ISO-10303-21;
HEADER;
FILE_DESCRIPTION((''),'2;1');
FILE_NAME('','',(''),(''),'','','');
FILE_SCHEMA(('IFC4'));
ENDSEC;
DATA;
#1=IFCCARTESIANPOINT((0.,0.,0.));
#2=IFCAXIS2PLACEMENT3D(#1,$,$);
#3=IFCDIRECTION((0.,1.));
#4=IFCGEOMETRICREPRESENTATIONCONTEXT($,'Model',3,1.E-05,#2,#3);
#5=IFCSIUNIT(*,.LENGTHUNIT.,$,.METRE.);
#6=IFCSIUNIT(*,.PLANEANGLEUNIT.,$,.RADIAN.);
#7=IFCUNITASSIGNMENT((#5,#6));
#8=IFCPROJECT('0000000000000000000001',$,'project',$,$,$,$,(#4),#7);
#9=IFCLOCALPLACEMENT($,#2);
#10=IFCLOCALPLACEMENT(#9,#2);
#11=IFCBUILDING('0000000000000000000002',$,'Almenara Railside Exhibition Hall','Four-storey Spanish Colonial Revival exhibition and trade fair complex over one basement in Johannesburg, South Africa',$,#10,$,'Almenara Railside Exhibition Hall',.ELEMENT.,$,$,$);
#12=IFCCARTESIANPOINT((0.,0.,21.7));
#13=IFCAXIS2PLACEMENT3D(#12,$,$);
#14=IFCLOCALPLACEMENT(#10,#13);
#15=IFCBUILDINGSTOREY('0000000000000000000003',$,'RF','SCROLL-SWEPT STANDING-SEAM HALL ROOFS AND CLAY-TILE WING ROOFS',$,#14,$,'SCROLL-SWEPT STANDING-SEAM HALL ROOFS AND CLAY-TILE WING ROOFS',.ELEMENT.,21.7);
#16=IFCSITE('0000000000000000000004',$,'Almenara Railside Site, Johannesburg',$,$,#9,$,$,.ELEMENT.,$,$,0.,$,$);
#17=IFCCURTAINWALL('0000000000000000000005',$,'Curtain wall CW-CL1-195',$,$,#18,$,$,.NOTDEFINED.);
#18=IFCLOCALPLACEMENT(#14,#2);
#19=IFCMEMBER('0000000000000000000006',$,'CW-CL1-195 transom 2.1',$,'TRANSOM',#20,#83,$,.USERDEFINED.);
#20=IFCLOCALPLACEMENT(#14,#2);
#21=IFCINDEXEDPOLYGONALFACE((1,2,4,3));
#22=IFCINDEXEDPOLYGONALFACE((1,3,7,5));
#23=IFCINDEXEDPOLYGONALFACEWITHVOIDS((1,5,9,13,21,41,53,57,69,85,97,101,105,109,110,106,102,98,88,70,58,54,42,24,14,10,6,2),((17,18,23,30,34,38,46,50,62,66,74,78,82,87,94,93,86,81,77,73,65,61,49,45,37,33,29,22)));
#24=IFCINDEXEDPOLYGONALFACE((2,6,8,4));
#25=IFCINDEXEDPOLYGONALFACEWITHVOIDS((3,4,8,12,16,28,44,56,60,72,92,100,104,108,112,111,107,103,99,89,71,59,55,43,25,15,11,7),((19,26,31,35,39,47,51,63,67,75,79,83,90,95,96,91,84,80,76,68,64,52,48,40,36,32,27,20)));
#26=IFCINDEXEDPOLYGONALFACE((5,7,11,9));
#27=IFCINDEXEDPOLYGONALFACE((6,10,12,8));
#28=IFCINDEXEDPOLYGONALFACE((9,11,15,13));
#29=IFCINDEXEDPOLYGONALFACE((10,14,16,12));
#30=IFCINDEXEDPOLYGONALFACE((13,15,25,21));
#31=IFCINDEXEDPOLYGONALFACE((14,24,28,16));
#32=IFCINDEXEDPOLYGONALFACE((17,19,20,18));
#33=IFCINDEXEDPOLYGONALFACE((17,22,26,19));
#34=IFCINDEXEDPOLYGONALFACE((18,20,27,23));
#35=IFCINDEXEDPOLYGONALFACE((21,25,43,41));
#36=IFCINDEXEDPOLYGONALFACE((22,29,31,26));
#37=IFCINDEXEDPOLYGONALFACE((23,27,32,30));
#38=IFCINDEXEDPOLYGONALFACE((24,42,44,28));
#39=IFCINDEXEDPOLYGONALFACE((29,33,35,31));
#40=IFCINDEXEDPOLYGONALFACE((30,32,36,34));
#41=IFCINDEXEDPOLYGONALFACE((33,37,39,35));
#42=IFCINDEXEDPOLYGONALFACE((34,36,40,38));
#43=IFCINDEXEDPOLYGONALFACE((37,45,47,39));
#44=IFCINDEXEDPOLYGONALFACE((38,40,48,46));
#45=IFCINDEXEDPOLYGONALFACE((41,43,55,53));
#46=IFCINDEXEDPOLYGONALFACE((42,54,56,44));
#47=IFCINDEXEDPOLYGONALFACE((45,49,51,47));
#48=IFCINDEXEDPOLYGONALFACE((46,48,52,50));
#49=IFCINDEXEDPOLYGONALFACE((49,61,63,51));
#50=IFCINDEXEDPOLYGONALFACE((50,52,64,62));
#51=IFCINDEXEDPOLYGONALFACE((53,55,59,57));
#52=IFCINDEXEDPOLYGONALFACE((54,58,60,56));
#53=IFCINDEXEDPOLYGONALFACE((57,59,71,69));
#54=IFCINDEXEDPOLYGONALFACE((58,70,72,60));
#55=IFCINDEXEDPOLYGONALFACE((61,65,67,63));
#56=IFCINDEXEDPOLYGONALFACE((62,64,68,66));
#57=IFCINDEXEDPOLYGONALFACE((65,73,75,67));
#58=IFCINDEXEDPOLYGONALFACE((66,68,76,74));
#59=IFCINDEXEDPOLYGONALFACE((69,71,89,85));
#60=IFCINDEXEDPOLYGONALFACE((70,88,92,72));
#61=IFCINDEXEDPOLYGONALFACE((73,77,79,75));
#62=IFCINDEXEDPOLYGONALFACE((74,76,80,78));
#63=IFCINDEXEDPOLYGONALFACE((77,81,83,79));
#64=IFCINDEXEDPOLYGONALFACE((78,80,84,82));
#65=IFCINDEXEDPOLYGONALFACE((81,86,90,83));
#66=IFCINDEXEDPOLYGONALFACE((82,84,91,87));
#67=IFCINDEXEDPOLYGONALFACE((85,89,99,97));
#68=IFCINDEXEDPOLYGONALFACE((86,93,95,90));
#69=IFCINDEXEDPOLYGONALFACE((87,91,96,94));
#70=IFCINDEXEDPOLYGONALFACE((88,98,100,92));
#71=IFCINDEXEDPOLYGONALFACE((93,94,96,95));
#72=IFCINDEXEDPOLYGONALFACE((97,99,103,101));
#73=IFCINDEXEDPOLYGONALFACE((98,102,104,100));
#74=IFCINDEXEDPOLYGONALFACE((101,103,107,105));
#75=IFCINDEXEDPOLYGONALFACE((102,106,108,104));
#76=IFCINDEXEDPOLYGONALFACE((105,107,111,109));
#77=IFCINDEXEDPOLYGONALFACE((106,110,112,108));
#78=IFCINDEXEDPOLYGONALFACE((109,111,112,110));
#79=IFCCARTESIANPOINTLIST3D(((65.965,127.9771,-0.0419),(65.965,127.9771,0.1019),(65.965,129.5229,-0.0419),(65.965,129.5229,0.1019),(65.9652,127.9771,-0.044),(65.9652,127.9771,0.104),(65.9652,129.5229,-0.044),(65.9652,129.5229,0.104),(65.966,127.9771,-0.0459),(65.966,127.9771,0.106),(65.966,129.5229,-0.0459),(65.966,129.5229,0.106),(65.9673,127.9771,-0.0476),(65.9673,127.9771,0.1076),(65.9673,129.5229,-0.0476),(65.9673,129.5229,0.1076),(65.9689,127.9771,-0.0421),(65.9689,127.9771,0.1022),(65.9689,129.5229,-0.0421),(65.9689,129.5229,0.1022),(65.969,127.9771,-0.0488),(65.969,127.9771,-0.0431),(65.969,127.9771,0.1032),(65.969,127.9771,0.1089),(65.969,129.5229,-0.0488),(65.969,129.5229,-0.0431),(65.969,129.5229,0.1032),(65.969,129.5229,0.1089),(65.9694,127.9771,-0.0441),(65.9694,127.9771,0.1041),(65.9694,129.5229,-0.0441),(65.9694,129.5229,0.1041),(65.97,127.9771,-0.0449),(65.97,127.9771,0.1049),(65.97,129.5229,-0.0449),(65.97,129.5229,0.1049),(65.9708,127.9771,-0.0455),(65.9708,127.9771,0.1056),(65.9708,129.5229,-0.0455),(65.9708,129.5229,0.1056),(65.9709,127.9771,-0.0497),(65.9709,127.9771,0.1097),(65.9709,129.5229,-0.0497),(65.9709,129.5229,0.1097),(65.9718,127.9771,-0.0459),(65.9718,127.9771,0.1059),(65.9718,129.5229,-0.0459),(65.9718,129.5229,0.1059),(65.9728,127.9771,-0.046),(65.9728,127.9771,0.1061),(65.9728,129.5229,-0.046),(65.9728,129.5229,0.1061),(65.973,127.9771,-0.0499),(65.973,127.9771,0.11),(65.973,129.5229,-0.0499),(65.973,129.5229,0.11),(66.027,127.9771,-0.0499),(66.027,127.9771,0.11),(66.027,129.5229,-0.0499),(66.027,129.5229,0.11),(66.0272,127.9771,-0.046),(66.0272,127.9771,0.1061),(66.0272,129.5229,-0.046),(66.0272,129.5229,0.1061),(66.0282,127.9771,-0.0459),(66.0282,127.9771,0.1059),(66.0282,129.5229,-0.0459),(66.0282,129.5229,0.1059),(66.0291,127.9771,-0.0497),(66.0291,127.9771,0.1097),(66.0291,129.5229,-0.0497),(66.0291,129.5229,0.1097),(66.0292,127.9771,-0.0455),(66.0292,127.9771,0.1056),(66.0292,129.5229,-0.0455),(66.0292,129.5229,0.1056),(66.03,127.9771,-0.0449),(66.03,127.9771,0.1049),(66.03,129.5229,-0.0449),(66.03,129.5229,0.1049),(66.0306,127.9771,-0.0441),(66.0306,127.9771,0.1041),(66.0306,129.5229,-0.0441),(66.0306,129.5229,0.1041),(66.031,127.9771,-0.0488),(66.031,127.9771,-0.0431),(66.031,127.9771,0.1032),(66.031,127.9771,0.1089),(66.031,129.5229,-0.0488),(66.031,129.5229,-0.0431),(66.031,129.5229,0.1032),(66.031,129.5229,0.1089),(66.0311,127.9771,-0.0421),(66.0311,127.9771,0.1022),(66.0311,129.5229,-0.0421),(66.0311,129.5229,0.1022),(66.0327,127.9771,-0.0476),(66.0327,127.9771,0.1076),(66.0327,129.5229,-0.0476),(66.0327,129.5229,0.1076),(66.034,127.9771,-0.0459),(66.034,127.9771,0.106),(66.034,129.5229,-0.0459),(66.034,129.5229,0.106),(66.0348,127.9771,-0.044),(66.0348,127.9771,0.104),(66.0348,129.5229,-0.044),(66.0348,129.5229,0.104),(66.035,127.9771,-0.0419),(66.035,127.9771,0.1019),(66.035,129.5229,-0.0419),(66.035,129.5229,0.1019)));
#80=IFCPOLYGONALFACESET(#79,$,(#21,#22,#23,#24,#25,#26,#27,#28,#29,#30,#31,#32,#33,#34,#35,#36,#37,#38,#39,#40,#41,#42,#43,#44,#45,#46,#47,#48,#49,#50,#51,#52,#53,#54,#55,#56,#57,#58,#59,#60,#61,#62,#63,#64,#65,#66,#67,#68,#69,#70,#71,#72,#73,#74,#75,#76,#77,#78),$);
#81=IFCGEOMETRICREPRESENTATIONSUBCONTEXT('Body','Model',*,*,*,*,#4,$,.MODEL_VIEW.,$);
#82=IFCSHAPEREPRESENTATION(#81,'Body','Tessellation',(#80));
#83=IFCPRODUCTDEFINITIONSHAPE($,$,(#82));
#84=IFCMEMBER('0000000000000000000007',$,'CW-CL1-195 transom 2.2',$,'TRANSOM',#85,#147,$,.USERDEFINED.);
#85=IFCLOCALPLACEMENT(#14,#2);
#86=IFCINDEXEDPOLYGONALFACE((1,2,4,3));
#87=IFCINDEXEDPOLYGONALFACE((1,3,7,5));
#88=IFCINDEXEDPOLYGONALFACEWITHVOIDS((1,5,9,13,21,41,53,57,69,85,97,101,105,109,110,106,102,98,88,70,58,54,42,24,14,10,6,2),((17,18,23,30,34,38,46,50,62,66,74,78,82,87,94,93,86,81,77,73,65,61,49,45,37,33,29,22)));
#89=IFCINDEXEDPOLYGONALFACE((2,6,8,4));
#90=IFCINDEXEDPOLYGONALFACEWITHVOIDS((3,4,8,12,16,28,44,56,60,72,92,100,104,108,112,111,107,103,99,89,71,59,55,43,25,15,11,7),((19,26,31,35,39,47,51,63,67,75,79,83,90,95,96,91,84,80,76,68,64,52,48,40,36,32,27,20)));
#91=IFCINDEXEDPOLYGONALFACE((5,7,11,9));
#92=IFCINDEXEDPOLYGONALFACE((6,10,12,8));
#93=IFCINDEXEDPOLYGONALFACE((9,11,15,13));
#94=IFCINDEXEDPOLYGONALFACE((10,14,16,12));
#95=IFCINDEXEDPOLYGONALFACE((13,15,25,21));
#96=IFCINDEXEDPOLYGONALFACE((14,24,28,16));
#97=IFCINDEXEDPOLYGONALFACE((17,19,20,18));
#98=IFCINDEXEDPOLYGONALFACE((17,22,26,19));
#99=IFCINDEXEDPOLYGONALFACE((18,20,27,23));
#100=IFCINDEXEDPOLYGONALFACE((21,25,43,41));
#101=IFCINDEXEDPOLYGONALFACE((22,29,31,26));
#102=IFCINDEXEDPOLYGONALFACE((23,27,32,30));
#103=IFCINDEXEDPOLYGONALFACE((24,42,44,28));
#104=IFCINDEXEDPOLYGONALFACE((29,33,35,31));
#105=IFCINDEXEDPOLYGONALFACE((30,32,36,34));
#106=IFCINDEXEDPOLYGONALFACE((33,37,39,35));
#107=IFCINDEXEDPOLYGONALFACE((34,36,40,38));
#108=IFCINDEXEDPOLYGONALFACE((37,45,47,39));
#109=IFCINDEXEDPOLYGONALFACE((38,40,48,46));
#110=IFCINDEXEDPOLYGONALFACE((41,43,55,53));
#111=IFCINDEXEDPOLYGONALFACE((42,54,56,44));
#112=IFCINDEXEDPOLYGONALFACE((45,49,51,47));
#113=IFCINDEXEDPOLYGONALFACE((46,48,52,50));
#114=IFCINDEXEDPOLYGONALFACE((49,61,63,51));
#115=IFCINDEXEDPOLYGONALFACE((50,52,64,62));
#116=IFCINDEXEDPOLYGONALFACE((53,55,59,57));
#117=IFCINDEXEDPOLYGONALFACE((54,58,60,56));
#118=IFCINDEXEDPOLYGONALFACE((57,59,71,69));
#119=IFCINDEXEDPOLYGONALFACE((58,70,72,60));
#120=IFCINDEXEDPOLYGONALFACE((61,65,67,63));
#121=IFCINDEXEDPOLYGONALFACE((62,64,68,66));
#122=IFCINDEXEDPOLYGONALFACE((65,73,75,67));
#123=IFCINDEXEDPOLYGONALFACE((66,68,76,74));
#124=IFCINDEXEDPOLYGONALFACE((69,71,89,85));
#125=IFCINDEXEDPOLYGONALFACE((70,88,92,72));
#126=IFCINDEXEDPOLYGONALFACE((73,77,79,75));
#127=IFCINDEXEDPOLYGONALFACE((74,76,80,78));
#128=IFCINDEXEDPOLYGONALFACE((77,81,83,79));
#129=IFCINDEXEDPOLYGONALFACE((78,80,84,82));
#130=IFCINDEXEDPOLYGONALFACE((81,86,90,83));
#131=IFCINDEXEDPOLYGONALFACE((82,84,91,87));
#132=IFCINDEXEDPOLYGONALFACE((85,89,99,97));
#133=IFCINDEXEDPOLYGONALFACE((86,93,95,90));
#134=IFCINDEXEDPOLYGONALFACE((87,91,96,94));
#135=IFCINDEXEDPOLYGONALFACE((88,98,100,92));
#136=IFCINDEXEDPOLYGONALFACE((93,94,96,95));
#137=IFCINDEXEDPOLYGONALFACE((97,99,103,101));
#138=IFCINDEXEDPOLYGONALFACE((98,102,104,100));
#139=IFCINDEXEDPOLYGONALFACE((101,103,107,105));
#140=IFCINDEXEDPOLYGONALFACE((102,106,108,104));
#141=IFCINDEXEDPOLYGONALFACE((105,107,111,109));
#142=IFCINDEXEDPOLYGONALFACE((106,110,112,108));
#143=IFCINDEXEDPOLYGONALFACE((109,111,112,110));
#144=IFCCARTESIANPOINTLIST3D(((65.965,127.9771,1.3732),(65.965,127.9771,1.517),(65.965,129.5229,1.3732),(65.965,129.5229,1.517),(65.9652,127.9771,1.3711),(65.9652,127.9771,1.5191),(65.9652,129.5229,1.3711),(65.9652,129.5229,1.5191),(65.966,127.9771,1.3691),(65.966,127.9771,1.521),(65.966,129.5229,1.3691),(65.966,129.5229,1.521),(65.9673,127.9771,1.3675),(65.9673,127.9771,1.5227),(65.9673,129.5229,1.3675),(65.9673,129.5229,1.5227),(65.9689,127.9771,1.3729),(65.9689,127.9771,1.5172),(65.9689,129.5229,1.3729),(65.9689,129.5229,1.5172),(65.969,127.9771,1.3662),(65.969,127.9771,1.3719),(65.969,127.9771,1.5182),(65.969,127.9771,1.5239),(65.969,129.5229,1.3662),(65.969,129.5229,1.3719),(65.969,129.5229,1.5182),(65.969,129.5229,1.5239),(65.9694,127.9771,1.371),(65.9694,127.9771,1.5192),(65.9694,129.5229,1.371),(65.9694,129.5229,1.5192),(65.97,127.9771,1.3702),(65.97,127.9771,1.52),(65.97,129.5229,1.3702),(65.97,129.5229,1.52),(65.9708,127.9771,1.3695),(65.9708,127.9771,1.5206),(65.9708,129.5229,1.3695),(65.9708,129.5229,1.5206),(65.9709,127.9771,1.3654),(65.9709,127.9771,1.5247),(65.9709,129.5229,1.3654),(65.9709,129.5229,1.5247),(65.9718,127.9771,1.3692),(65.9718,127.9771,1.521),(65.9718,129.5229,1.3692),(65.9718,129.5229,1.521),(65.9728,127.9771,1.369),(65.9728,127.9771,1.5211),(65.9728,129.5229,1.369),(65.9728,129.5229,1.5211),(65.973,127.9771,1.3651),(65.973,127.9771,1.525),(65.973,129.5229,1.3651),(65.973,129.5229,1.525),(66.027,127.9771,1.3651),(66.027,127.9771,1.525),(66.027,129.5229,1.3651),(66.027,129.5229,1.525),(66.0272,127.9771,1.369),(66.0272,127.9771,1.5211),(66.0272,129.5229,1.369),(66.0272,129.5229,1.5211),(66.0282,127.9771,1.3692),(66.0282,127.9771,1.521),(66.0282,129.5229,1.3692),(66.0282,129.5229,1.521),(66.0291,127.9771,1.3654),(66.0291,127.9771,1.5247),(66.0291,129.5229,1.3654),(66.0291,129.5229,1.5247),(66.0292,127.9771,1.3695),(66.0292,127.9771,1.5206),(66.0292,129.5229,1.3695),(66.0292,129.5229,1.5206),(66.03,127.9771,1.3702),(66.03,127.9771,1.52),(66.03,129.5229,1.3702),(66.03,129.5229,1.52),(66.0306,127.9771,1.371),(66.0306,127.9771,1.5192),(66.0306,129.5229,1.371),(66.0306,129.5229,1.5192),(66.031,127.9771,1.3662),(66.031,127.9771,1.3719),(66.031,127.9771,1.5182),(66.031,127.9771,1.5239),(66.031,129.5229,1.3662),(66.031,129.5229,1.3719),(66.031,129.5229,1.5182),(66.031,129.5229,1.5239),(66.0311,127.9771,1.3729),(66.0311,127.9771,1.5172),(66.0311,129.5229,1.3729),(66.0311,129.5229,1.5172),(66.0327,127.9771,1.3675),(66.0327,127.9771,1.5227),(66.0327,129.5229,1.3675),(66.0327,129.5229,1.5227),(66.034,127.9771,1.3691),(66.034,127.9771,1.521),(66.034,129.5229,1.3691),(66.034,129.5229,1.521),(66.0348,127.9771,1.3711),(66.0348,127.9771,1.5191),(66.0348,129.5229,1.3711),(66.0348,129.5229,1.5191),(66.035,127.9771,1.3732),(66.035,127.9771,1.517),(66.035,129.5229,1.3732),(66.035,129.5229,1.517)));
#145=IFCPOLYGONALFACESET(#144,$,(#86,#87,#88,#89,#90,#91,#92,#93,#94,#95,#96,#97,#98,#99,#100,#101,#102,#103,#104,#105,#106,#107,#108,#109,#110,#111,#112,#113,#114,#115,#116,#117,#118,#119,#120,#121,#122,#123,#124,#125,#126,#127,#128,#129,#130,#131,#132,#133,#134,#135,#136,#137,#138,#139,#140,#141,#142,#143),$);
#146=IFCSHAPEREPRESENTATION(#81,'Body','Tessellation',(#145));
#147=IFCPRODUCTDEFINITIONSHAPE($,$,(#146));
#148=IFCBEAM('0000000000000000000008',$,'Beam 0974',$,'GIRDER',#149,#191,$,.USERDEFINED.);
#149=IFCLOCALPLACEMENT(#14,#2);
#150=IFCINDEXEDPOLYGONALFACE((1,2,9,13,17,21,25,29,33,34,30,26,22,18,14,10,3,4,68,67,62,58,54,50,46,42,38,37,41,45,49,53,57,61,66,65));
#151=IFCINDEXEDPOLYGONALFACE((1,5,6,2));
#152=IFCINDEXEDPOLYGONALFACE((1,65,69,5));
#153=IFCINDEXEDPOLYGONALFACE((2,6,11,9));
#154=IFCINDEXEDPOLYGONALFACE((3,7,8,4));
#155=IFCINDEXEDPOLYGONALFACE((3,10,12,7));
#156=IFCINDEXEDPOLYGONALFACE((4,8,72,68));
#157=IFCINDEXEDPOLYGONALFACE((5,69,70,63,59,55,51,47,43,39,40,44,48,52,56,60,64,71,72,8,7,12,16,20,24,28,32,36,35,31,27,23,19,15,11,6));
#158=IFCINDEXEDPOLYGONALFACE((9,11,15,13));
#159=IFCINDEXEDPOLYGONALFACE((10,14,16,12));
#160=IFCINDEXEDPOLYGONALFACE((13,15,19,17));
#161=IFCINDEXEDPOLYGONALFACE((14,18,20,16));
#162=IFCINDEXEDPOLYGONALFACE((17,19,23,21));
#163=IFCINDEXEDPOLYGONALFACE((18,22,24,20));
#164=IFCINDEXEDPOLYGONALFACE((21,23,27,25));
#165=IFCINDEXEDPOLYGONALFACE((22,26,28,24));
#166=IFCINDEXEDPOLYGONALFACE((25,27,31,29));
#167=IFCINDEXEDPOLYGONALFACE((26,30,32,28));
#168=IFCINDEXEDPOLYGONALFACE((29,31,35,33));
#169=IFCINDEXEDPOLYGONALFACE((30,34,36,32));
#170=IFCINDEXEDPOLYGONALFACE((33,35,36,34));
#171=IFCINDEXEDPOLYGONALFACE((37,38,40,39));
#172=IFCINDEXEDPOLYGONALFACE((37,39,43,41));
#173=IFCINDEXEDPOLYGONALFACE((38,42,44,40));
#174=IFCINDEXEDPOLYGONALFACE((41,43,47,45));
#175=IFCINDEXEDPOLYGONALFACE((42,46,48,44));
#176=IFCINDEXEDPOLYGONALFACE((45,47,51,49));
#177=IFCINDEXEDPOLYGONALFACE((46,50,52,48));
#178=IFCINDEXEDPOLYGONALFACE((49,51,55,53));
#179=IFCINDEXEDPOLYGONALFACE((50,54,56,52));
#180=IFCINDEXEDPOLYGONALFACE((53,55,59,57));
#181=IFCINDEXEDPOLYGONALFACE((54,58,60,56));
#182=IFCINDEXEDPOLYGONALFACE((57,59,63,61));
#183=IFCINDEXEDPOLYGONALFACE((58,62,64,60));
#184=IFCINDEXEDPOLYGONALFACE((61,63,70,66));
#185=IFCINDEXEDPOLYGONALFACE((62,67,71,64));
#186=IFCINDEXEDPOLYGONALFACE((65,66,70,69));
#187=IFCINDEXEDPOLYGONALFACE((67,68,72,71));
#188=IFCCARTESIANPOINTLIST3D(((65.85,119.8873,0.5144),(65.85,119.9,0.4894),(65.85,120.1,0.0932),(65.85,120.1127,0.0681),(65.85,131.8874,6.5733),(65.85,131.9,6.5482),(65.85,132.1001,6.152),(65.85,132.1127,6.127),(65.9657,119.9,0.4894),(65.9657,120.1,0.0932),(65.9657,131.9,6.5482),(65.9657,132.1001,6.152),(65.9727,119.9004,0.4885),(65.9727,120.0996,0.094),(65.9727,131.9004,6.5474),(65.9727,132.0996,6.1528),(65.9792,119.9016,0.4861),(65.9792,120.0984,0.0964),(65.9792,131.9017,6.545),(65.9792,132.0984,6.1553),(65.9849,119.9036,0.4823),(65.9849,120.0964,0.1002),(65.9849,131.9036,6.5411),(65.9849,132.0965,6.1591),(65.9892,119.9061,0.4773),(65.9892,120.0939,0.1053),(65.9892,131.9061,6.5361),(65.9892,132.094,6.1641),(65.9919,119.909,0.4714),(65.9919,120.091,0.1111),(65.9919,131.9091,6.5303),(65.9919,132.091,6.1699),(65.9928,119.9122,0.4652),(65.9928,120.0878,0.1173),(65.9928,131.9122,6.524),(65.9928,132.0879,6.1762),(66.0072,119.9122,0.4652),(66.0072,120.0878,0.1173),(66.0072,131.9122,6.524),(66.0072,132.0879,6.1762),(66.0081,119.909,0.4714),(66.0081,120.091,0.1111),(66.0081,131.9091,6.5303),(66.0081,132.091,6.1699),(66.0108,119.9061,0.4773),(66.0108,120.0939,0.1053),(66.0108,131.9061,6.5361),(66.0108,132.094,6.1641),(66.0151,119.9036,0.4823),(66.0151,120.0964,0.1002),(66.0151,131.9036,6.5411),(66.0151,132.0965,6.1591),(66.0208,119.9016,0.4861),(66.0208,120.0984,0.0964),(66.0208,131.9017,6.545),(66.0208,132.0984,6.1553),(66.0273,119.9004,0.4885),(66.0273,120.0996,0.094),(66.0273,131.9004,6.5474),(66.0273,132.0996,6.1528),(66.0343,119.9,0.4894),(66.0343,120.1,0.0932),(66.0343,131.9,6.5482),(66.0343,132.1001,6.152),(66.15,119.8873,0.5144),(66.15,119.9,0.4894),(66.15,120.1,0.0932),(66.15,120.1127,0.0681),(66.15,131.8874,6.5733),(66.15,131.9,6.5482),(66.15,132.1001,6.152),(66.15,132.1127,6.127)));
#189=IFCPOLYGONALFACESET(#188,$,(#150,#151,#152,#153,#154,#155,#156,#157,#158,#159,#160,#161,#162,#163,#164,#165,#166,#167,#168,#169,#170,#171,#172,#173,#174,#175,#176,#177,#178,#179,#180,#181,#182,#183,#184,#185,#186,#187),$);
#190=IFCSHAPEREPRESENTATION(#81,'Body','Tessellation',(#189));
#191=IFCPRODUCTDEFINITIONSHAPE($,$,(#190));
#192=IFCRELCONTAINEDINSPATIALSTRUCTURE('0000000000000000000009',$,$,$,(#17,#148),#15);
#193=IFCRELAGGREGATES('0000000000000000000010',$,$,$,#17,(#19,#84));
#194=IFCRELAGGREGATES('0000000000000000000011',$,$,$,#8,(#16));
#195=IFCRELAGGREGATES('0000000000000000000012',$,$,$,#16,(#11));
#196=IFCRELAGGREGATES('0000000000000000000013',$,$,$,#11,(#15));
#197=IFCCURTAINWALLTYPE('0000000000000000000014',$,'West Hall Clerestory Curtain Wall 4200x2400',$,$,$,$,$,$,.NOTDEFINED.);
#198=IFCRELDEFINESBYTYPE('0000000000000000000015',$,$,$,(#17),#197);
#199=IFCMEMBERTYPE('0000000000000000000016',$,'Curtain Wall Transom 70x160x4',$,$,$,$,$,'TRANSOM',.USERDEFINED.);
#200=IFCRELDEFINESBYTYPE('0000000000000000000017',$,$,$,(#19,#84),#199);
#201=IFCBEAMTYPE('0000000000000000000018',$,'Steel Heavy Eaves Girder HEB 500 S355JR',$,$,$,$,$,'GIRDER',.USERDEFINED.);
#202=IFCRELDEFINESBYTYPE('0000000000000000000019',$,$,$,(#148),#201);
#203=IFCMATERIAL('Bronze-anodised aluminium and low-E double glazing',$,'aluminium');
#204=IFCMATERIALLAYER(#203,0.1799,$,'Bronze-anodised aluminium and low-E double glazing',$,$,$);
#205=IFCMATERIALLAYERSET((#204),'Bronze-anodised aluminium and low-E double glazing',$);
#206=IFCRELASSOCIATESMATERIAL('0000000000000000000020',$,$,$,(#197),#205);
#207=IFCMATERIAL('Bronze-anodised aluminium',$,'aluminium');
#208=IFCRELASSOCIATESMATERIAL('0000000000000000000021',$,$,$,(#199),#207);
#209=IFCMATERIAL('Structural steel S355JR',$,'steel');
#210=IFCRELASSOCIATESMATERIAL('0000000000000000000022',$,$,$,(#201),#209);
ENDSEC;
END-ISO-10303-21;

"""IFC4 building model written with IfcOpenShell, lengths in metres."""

from ifc_helpers import new_model, si_unit, direction, frame, origin, origin_2d, place, context, subcontext, project, spatial, hollow_rectangle, i_section, extrude, material, layer, layer_set, material_profile, profile_set, type_object, element, aggregate, save


model = new_model("IFC4")

# Units and contexts
model_context = context("Model", 3, precision=1e-05, world=origin(), true_north=direction((0.0, 1.0)))
body_context = subcontext(model_context, "Body", "Model", "MODEL_VIEW")
ifc_project = project(units=[si_unit("LENGTHUNIT", "METRE"), si_unit("PLANEANGLEUNIT", "RADIAN")], contexts=[model_context])

# Site, building, storey
site_placement = place(None, origin())
site = spatial("IfcSite", under=ifc_project, at=site_placement, Name="Almenara Railside Site, Johannesburg", CompositionType="ELEMENT", RefElevation=0.0)
building_placement = place(site_placement, origin())
building = spatial("IfcBuilding", under=site, at=building_placement, Name="Almenara Railside Exhibition Hall", Description="Four-storey Spanish Colonial Revival exhibition and trade fair complex over one basement in Johannesburg, South Africa", LongName="Almenara Railside Exhibition Hall", CompositionType="ELEMENT")
storey_placement = place(building_placement, frame((0.0, 0.0, 21.7)))
storey = spatial("IfcBuildingStorey", under=building, at=storey_placement, Name="RF", Description="SCROLL-SWEPT STANDING-SEAM HALL ROOFS AND CLAY-TILE WING ROOFS", LongName="SCROLL-SWEPT STANDING-SEAM HALL ROOFS AND CLAY-TILE WING ROOFS", CompositionType="ELEMENT", Elevation=21.7)

# Shared definitions
ifc_material_1 = material(Name="Structural steel S355JR", Category="steel")

# Curtain wall
ifc_material_2 = material(Name="Bronze-anodised aluminium and low-E double glazing", Category="aluminium")
ifc_layer_1 = layer(ifc_material_2, 0.1799, Name="Bronze-anodised aluminium and low-E double glazing")
ifc_layer_set_1 = layer_set([ifc_layer_1], Name="Bronze-anodised aluminium and low-E double glazing")
curtain_wall_type = type_object("IfcCurtainWallType", Name="West Hall Clerestory Curtain Wall 4200x2400", PredefinedType="NOTDEFINED", material=ifc_layer_set_1)
ifc_material_3 = material(Name="Bronze-anodised aluminium", Category="aluminium")
curtain_wall_1_placement = place(storey_placement, origin())
curtain_wall_1 = element("IfcCurtainWall", 1, at=curtain_wall_1_placement, inside=storey, type_object=curtain_wall_type, Name="Curtain wall CW-CL1-195", PredefinedType="NOTDEFINED")

# Members
ifc_material_profile_1 = material_profile(ifc_material_3, hollow_rectangle(XDim=0.0701, YDim=0.1599, WallThickness=0.0039, InnerFilletRadius=0.0039, OuterFilletRadius=0.0081, at=origin_2d()), Name="ALU-TRN 70x160x4")
ifc_profile_set_1 = profile_set([ifc_material_profile_1], Name="Bronze-anodised aluminium")
member_type_1 = type_object("IfcMemberType", Name="Curtain Wall Transom 70x160x4", ElementType="TRANSOM", PredefinedType="USERDEFINED", material=ifc_profile_set_1)
member_1_placement = place(storey_placement, frame((66.0, 127.9771, 0.03), z_axis=(0.0, 1.0, 0.0), x_axis=(-1.0, 0.0, 0.0)))
member_1 = element("IfcMember", 2, at=member_1_placement, type_object=member_type_1, Name="CW-CL1-195 transom 2.1", ObjectType="TRANSOM", PredefinedType="USERDEFINED", context=body_context, shape_type="SweptSolid", body=[
    extrude(hollow_rectangle(XDim=0.0701, YDim=0.1599, WallThickness=0.0039, InnerFilletRadius=0.0039, OuterFilletRadius=0.0081, at=origin_2d()), origin(), (0.0, 0.0, 1.0), 1.5459),
])
member_2_placement = place(storey_placement, frame((66.0, 127.9771, 1.4451), z_axis=(0.0, 1.0, 0.0), x_axis=(-1.0, 0.0, 0.0)))
member_2 = element("IfcMember", 3, at=member_2_placement, type_object=member_type_1, Name="CW-CL1-195 transom 2.2", ObjectType="TRANSOM", PredefinedType="USERDEFINED", context=body_context, shape_type="SweptSolid", body=[
    extrude(hollow_rectangle(XDim=0.0701, YDim=0.1599, WallThickness=0.0039, InnerFilletRadius=0.0039, OuterFilletRadius=0.0081, at=origin_2d()), origin(), (0.0, 0.0, 1.0), 1.5459),
])

# Beam
ifc_material_profile_2 = material_profile(ifc_material_1, i_section(OverallWidth=0.3, OverallDepth=0.5, WebThickness=0.0144, FlangeThickness=0.0281, FilletRadius=0.0271, at=origin_2d()), Name="HEB 500")
ifc_profile_set_2 = profile_set([ifc_material_profile_2], Name="Structural steel S355JR")
beam_type = type_object("IfcBeamType", Name="Steel Heavy Eaves Girder HEB 500 S355JR", ElementType="GIRDER", PredefinedType="USERDEFINED", material=ifc_profile_set_2)
beam_placement = place(storey_placement, frame((66.0, 120.0, 0.2913), z_axis=(0.0, 0.89267, 0.450712), x_axis=(-1.0, 0.0, 0.0)))
element("IfcBeam", 4, at=beam_placement, inside=storey, type_object=beam_type, Name="Beam 0974", ObjectType="GIRDER", PredefinedType="USERDEFINED", context=body_context, shape_type="SweptSolid", body=[
    extrude(i_section(OverallWidth=0.3, OverallDepth=0.5, WebThickness=0.0144, FlangeThickness=0.0281, FilletRadius=0.0271, at=origin_2d()), origin(), (0.0, 0.0, 1.0), 13.4429),
])

aggregate(curtain_wall_1, [member_1, member_2])

save(model, "model.ifc")
